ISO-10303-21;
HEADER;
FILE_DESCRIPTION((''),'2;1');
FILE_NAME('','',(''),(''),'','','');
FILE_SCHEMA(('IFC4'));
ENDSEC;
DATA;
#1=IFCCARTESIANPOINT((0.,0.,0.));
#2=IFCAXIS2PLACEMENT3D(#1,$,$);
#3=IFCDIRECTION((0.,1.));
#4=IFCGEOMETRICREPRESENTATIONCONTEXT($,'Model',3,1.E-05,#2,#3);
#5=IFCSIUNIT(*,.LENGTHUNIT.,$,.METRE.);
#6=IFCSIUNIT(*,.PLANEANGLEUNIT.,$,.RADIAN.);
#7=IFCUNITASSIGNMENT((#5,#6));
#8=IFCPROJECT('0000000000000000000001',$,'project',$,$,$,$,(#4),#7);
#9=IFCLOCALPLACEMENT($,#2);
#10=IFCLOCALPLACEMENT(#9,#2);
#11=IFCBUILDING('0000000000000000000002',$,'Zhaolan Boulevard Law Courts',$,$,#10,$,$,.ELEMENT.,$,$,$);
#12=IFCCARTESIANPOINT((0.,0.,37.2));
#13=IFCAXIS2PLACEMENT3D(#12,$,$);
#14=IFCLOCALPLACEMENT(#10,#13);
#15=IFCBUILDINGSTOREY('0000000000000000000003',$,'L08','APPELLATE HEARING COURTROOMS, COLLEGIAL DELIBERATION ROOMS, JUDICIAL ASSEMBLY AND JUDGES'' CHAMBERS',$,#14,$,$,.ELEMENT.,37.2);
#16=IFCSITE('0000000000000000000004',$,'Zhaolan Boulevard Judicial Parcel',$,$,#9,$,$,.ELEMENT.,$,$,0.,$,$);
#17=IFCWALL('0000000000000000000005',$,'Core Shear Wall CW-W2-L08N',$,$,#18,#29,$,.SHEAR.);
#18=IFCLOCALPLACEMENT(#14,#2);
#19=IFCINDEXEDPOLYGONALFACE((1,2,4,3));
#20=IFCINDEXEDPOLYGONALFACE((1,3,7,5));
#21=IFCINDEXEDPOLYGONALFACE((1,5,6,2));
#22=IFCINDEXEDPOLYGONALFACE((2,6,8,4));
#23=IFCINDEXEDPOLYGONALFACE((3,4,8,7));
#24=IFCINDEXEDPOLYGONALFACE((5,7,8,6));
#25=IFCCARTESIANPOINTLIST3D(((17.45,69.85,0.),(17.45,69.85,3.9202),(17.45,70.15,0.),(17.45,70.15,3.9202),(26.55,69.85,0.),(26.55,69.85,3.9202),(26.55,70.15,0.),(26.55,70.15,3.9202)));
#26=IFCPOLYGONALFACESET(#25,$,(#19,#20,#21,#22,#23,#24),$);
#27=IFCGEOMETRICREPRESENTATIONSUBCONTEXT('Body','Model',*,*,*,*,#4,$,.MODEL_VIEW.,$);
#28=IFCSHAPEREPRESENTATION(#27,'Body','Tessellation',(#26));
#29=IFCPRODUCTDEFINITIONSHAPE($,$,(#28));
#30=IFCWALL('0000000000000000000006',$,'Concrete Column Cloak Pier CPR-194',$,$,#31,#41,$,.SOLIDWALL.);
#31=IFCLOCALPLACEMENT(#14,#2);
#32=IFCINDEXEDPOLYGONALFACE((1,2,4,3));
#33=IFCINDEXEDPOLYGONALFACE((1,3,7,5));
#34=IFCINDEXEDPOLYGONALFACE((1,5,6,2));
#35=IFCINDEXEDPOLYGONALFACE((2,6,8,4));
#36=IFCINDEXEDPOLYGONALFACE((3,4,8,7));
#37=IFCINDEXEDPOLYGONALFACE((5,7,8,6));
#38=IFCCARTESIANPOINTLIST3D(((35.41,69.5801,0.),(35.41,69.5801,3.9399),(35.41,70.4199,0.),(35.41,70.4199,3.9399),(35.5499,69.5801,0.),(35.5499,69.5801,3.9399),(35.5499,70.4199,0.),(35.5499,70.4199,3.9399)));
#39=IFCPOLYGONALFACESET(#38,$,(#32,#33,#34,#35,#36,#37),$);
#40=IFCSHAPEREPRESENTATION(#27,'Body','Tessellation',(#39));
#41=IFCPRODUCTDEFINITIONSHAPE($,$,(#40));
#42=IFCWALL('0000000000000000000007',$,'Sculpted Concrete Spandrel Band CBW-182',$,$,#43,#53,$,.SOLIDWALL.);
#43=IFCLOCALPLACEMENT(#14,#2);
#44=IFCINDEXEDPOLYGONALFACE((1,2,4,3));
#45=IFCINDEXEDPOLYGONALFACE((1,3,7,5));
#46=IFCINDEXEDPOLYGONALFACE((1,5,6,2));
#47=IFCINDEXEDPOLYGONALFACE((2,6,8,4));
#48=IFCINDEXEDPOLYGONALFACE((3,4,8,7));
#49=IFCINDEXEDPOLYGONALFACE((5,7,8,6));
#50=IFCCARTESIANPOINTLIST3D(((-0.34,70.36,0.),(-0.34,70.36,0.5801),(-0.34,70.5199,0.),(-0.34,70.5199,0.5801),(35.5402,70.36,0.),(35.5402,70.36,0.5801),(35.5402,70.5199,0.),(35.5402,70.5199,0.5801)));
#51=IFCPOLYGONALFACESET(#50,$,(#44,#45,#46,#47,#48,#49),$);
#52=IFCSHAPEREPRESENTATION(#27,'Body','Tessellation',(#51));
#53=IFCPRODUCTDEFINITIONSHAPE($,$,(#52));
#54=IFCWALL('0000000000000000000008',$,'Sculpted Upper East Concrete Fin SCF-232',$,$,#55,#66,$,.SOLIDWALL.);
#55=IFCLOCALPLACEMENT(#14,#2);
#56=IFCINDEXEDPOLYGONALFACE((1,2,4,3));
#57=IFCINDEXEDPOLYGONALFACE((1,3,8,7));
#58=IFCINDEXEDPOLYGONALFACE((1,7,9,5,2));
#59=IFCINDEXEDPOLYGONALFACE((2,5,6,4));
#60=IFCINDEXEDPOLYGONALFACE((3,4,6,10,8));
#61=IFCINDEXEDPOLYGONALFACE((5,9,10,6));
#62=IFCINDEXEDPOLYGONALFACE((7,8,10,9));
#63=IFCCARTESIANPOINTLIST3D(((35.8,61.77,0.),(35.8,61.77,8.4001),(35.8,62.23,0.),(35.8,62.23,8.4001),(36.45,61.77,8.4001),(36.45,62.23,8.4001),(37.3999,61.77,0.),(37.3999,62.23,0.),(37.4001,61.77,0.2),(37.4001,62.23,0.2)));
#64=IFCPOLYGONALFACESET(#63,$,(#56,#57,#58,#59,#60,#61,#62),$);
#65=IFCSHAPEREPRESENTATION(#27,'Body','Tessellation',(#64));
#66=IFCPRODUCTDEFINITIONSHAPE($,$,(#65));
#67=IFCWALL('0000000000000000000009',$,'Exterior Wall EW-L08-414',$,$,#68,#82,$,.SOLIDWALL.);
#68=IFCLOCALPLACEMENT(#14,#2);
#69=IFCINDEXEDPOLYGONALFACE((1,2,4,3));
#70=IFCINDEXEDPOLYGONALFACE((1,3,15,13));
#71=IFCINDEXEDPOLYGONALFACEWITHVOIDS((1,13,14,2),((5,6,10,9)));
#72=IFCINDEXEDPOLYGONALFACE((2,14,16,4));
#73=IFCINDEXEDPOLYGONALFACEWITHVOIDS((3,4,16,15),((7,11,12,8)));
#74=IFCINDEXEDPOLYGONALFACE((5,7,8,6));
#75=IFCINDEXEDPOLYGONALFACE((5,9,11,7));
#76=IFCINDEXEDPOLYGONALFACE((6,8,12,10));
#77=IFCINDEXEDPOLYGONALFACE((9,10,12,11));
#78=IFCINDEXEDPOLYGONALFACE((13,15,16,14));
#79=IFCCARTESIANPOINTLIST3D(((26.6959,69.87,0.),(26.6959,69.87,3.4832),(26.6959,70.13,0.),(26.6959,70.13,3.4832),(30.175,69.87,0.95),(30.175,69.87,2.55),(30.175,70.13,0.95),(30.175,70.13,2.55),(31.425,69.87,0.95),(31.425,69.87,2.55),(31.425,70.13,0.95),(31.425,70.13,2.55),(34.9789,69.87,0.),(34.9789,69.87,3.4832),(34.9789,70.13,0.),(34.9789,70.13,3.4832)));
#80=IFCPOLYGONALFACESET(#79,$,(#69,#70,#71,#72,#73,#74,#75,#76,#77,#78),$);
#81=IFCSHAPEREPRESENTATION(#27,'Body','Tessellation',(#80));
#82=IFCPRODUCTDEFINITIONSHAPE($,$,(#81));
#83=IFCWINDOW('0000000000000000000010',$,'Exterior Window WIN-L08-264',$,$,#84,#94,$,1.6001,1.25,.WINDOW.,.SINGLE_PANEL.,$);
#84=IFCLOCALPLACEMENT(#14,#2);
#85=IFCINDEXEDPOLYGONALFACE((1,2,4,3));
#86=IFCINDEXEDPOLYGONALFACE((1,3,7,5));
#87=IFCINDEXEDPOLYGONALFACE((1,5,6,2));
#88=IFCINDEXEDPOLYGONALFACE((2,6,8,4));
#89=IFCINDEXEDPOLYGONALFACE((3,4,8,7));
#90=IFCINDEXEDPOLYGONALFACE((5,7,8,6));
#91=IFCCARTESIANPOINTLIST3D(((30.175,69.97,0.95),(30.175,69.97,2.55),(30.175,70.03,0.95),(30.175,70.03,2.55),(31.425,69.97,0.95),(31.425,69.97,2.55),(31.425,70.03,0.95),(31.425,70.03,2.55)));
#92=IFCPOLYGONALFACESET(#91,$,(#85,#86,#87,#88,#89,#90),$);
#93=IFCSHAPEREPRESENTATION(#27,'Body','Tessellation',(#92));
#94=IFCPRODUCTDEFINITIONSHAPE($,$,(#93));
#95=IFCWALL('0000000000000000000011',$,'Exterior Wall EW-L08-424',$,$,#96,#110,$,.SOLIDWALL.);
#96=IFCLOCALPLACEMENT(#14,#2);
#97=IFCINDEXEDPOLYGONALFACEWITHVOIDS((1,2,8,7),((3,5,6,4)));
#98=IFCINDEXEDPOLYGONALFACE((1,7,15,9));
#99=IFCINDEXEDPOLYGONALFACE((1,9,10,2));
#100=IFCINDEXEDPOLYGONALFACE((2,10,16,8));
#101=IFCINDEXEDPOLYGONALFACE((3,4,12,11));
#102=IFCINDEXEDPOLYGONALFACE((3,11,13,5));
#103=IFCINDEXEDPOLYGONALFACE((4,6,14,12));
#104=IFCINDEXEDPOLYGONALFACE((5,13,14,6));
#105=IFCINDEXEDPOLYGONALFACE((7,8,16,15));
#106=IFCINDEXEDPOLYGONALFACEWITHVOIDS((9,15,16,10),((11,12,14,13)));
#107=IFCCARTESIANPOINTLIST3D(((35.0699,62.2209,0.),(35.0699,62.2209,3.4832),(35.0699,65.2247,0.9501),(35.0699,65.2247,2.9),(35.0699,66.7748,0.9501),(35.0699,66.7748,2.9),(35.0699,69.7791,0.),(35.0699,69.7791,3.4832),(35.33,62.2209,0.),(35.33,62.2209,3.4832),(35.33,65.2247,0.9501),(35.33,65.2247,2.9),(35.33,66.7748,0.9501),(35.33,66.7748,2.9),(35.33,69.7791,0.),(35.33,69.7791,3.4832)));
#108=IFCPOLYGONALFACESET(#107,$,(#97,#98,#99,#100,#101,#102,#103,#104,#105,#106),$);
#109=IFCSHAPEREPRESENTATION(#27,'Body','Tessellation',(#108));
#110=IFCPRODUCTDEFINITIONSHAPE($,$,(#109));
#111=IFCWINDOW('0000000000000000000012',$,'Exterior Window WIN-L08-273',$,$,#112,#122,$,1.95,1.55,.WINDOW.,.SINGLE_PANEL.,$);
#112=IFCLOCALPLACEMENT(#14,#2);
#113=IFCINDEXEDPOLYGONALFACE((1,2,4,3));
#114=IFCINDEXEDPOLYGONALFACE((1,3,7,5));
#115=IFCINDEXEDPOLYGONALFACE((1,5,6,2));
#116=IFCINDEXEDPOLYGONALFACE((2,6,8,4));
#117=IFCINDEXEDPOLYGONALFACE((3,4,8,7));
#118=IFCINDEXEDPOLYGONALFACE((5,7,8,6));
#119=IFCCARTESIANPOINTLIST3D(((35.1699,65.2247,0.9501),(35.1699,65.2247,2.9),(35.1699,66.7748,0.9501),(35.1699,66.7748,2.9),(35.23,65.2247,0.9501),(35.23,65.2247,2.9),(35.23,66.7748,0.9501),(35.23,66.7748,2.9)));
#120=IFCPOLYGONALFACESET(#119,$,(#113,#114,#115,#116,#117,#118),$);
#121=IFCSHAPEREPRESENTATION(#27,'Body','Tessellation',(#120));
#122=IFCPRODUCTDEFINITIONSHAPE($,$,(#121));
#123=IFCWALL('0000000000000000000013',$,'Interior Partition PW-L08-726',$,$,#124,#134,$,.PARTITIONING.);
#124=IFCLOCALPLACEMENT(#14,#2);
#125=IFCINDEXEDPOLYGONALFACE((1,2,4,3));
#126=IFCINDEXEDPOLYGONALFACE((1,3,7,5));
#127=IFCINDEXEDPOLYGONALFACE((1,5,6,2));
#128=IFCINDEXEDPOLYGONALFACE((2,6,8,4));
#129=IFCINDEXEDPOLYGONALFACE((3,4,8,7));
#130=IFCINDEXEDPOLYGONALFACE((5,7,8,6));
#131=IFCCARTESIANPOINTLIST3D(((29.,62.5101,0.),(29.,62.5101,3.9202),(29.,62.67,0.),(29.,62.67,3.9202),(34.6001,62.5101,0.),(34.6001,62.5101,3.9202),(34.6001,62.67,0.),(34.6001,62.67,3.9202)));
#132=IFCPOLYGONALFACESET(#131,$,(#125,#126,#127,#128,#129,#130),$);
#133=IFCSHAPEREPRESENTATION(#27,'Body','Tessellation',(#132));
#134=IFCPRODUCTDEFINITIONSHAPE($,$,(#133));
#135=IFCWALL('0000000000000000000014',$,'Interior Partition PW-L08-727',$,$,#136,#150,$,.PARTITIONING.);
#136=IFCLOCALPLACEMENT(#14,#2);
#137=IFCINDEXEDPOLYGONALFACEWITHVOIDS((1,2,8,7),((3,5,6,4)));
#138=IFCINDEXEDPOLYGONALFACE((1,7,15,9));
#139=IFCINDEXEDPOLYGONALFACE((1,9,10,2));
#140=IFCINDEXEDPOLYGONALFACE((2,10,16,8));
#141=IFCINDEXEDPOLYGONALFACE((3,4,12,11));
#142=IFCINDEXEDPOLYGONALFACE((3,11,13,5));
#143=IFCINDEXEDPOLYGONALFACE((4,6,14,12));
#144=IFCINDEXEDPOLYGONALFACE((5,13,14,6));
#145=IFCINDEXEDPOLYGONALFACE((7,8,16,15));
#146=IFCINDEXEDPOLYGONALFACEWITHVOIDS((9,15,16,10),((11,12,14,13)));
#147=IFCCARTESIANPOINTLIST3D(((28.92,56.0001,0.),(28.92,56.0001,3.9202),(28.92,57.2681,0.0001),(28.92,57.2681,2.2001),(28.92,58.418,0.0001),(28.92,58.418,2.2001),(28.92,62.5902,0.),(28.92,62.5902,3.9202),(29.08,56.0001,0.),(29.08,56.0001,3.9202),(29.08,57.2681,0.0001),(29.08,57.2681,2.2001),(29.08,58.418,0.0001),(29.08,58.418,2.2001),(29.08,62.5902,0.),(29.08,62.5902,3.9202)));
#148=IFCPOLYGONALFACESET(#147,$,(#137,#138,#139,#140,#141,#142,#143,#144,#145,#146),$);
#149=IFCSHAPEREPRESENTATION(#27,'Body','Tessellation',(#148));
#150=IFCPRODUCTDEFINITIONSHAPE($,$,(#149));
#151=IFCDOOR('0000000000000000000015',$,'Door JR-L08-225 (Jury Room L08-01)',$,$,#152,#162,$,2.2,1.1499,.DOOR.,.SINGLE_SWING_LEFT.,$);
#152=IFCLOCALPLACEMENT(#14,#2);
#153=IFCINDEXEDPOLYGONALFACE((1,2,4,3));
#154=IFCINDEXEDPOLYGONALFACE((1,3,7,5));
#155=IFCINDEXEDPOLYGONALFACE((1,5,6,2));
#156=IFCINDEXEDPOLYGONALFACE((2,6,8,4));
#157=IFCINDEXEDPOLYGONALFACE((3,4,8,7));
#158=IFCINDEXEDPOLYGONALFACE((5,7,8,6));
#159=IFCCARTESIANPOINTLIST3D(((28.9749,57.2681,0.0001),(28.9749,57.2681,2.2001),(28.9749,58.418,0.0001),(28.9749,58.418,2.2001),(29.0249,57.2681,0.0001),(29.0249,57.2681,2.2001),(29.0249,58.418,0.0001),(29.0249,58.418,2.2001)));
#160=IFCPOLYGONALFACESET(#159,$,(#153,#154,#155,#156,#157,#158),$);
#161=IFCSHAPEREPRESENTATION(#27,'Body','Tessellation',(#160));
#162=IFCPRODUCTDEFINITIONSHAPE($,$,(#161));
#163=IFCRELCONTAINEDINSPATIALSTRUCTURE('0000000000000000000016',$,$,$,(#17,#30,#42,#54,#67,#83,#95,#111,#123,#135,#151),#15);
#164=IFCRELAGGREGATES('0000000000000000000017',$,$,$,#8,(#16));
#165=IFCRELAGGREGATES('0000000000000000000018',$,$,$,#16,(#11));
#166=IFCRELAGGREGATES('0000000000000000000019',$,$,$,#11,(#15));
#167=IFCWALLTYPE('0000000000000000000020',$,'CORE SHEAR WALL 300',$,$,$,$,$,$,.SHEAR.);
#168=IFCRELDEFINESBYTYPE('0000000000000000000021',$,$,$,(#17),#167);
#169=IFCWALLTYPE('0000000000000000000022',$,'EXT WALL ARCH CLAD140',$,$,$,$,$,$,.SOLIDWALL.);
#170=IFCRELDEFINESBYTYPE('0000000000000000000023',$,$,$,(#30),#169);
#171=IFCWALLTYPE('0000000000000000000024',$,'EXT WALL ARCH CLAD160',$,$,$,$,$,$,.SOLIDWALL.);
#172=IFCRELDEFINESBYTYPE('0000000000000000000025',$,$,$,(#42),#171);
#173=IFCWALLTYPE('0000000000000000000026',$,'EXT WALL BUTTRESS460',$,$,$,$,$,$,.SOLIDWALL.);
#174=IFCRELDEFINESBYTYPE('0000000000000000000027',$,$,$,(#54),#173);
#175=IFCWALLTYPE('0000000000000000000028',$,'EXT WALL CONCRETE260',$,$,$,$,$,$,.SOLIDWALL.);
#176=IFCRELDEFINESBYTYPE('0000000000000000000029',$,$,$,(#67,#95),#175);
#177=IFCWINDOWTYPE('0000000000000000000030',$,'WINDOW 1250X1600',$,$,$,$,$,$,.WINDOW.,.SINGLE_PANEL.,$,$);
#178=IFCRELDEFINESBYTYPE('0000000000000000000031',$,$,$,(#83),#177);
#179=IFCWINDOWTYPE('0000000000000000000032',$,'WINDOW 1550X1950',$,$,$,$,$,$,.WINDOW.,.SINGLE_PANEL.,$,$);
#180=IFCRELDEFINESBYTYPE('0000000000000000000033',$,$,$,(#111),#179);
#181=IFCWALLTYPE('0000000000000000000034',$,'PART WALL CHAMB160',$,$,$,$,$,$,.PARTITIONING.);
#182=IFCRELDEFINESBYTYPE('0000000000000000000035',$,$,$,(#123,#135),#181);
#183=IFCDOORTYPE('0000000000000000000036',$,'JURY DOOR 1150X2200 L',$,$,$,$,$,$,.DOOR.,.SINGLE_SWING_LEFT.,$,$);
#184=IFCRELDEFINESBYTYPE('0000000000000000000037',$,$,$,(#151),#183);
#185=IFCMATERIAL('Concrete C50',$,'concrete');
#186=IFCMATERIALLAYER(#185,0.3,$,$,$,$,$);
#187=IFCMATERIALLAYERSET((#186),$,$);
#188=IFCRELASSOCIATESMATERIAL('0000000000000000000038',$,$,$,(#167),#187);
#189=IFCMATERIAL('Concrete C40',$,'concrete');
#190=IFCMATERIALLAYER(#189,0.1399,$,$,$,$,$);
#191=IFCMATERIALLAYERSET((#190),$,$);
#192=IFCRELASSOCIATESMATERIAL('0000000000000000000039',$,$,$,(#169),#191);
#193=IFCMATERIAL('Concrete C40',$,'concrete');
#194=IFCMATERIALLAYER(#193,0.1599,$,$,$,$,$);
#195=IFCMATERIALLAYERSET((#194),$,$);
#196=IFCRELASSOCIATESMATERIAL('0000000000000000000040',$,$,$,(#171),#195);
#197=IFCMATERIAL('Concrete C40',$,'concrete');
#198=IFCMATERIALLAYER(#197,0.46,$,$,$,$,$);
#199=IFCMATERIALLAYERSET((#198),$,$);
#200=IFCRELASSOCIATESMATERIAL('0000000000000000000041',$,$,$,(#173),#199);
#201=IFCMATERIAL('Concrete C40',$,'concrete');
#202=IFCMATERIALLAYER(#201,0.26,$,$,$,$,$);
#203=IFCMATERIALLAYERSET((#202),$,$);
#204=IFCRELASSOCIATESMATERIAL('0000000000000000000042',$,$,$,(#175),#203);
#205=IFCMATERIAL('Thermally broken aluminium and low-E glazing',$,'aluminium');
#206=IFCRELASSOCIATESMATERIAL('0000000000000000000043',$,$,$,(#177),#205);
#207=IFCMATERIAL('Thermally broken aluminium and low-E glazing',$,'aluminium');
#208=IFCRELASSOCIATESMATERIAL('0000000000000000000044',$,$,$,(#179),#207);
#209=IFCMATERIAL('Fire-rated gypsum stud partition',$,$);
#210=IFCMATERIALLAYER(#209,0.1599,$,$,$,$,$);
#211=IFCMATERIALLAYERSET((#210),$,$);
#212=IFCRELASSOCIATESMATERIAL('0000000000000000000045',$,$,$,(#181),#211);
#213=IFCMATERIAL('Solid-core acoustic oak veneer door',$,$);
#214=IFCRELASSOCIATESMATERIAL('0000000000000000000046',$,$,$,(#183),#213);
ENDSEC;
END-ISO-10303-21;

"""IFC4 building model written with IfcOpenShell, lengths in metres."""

from ifc_helpers import new_model, si_unit, direction, frame, frame_2d, origin, place, context, subcontext, project, spatial, polyline, rectangle, outline, extrude, material, layer, layer_set, type_object, element, fill, save


model = new_model("IFC4")

# Units and contexts
model_context = context("Model", 3, precision=1e-05, world=origin(), true_north=direction((0.0, 1.0)))
body_context = subcontext(model_context, "Body", "Model", "MODEL_VIEW")
ifc_project = project(units=[si_unit("LENGTHUNIT", "METRE"), si_unit("PLANEANGLEUNIT", "RADIAN")], contexts=[model_context])

# Site, building, storey
site_placement = place(None, origin())
site = spatial("IfcSite", under=ifc_project, at=site_placement, Name="Zhaolan Boulevard Judicial Parcel", CompositionType="ELEMENT", RefElevation=0.0)
building_placement = place(site_placement, origin())
building = spatial("IfcBuilding", under=site, at=building_placement, Name="Zhaolan Boulevard Law Courts", CompositionType="ELEMENT")
storey_placement = place(building_placement, frame((0.0, 0.0, 37.2)))
storey = spatial("IfcBuildingStorey", under=building, at=storey_placement, Name="L08", Description="APPELLATE HEARING COURTROOMS, COLLEGIAL DELIBERATION ROOMS, JUDICIAL ASSEMBLY AND JUDGES' CHAMBERS", CompositionType="ELEMENT", Elevation=37.2)

# Walls
ifc_material_1 = material(Name="Concrete C50", Category="concrete")
ifc_layer_1 = layer(ifc_material_1, 0.3)
ifc_layer_set_1 = layer_set([ifc_layer_1])
wall_type_1 = type_object("IfcWallType", Name="CORE SHEAR WALL 300", PredefinedType="SHEAR", material=ifc_layer_set_1)
wall_1_placement = place(storey_placement, frame((26.55, 70.0, 0.0), z_axis=(0.0, 0.0, 1.0), x_axis=(-1.0, 0.0, 0.0)))
element("IfcWall", 1, at=wall_1_placement, inside=storey, type_object=wall_type_1, Name="Core Shear Wall CW-W2-L08N", PredefinedType="SHEAR", context=body_context, shape_type="SweptSolid", body=[
    extrude(rectangle(XDim=9.1001, YDim=0.3, at=frame_2d((4.55, 0.0))), origin(), (0.0, 0.0, 1.0), 3.9202),
])
ifc_material_2 = material(Name="Concrete C40", Category="concrete")
ifc_layer_2 = layer(ifc_material_2, 0.1399)
ifc_layer_set_2 = layer_set([ifc_layer_2])
wall_type_2 = type_object("IfcWallType", Name="EXT WALL ARCH CLAD140", PredefinedType="SOLIDWALL", material=ifc_layer_set_2)
wall_2_placement = place(storey_placement, frame((35.48, 69.5801, 0.0), z_axis=(0.0, 0.0, 1.0), x_axis=(0.0, 1.0, 0.0)))
element("IfcWall", 2, at=wall_2_placement, inside=storey, type_object=wall_type_2, Name="Concrete Column Cloak Pier CPR-194", PredefinedType="SOLIDWALL", context=body_context, shape_type="SweptSolid", body=[
    extrude(rectangle(XDim=0.8398, YDim=0.1399, at=frame_2d((0.4199, 0.0))), origin(), (0.0, 0.0, 1.0), 3.9399),
])
ifc_material_3 = material(Name="Concrete C40", Category="concrete")
ifc_layer_3 = layer(ifc_material_3, 0.1599)
ifc_layer_set_3 = layer_set([ifc_layer_3])
wall_type_3 = type_object("IfcWallType", Name="EXT WALL ARCH CLAD160", PredefinedType="SOLIDWALL", material=ifc_layer_set_3)
wall_3_placement = place(storey_placement, frame((35.54, 70.4399, 0.0), z_axis=(0.0, 0.0, 1.0), x_axis=(-1.0, 0.0, 0.0)))
element("IfcWall", 3, at=wall_3_placement, inside=storey, type_object=wall_type_3, Name="Sculpted Concrete Spandrel Band CBW-182", PredefinedType="SOLIDWALL", context=body_context, shape_type="SweptSolid", body=[
    extrude(rectangle(XDim=35.8801, YDim=0.1599, at=frame_2d((17.9399, 0.0))), origin(), (0.0, 0.0, 1.0), 0.5801),
])
ifc_material_4 = material(Name="Concrete C40", Category="concrete")
ifc_layer_4 = layer(ifc_material_4, 0.46)
ifc_layer_set_4 = layer_set([ifc_layer_4])
wall_type_4 = type_object("IfcWallType", Name="EXT WALL BUTTRESS460", PredefinedType="SOLIDWALL", material=ifc_layer_set_4)
wall_4_placement = place(storey_placement, frame((35.8, 62.0, 0.0), z_axis=(0.0, 0.0, 1.0), x_axis=(1.0, 0.0, 0.0)))
element("IfcWall", 4, at=wall_4_placement, inside=storey, type_object=wall_type_4, Name="Sculpted Upper East Concrete Fin SCF-232", PredefinedType="SOLIDWALL", context=body_context, shape_type="SweptSolid", body=[
    extrude(outline(polyline([(0.0, 0.0), (1.5999, 0.0), (1.6001, 0.2), (0.6499, 8.4001), (0.0, 8.4001), (0.0, 0.0)])), frame((0.0, 0.23, 0.0), z_axis=(0.0, -1.0, 0.0), x_axis=(1.0, 0.0, 0.0)), (0.0, 0.0, 1.0), 0.46),
])

# Walls, openings, windows
ifc_material_5 = material(Name="Concrete C40", Category="concrete")
ifc_layer_5 = layer(ifc_material_5, 0.26)
ifc_layer_set_5 = layer_set([ifc_layer_5])
wall_type_5 = type_object("IfcWallType", Name="EXT WALL CONCRETE260", PredefinedType="SOLIDWALL", material=ifc_layer_set_5)
wall_5_placement = place(storey_placement, frame((34.979, 70.0, 0.0), z_axis=(0.0, 0.0, 1.0), x_axis=(-1.0, 0.0, 0.0)))
wall_5 = element("IfcWall", 5, at=wall_5_placement, inside=storey, type_object=wall_type_5, Name="Exterior Wall EW-L08-414", PredefinedType="SOLIDWALL", context=body_context, shape_type="SweptSolid", body=[
    extrude(rectangle(XDim=8.283, YDim=0.26, at=frame_2d((4.1416, 0.0))), origin(), (0.0, 0.0, 1.0), 3.4832),
])
opening_1_placement = place(wall_5_placement, frame((3.554, 0.0, 0.95)))
opening_1 = element("IfcOpeningElement", 6, at=opening_1_placement, cuts=wall_5, PredefinedType="OPENING", context=body_context, shape_type="SweptSolid", body=[
    extrude(rectangle(XDim=1.25, YDim=1.6001, at=frame_2d((0.625, 0.8))), frame((0.0, 0.1399, 0.0), z_axis=(0.0, -1.0, 0.0), x_axis=(1.0, 0.0, 0.0)), (0.0, 0.0, 1.0), 0.28),
])
ifc_material_6 = material(Name="Thermally broken aluminium and low-E glazing", Category="aluminium")
window_type_1 = type_object("IfcWindowType", Name="WINDOW 1250X1600", PartitioningType="SINGLE_PANEL", PredefinedType="WINDOW", material=ifc_material_6)
window_1_placement = place(opening_1_placement, origin())
window_1 = element("IfcWindow", 7, at=window_1_placement, inside=storey, type_object=window_type_1, Name="Exterior Window WIN-L08-264", OverallHeight=1.6001, OverallWidth=1.25, PartitioningType="SINGLE_PANEL", PredefinedType="WINDOW", context=body_context, shape_type="SweptSolid", body=[
    extrude(rectangle(XDim=1.25, YDim=1.6001, at=frame_2d((0.625, 0.8))), frame((0.0, 0.03, 0.0), z_axis=(0.0, -1.0, 0.0), x_axis=(1.0, 0.0, 0.0)), (0.0, 0.0, 1.0), 0.0601),
])
fill(opening_1, window_1)
wall_6_placement = place(storey_placement, frame((35.2, 62.2209, 0.0), z_axis=(0.0, 0.0, 1.0), x_axis=(0.0, 1.0, 0.0)))
wall_6 = element("IfcWall", 8, at=wall_6_placement, inside=storey, type_object=wall_type_5, Name="Exterior Wall EW-L08-424", PredefinedType="SOLIDWALL", context=body_context, shape_type="SweptSolid", body=[
    extrude(rectangle(XDim=7.5581, YDim=0.26, at=frame_2d((3.7791, 0.0))), origin(), (0.0, 0.0, 1.0), 3.4832),
])
opening_2_placement = place(wall_6_placement, frame((3.0039, 0.0, 0.95)))
opening_2 = element("IfcOpeningElement", 9, at=opening_2_placement, cuts=wall_6, PredefinedType="OPENING", context=body_context, shape_type="SweptSolid", body=[
    extrude(rectangle(XDim=1.55, YDim=1.95, at=frame_2d((0.7749, 0.9751))), frame((0.0, 0.1399, 0.0), z_axis=(0.0, -1.0, 0.0), x_axis=(1.0, 0.0, 0.0)), (0.0, 0.0, 1.0), 0.28),
])
ifc_material_7 = material(Name="Thermally broken aluminium and low-E glazing", Category="aluminium")
window_type_2 = type_object("IfcWindowType", Name="WINDOW 1550X1950", PartitioningType="SINGLE_PANEL", PredefinedType="WINDOW", material=ifc_material_7)
window_2_placement = place(opening_2_placement, origin())
window_2 = element("IfcWindow", 10, at=window_2_placement, inside=storey, type_object=window_type_2, Name="Exterior Window WIN-L08-273", OverallHeight=1.95, OverallWidth=1.55, PartitioningType="SINGLE_PANEL", PredefinedType="WINDOW", context=body_context, shape_type="SweptSolid", body=[
    extrude(rectangle(XDim=1.55, YDim=1.95, at=frame_2d((0.7749, 0.9751))), frame((0.0, 0.03, 0.0), z_axis=(0.0, -1.0, 0.0), x_axis=(1.0, 0.0, 0.0)), (0.0, 0.0, 1.0), 0.0601),
])
fill(opening_2, window_2)

# Wall
ifc_material_8 = material(Name="Fire-rated gypsum stud partition")
ifc_layer_6 = layer(ifc_material_8, 0.1599)
ifc_layer_set_6 = layer_set([ifc_layer_6])
wall_type_6 = type_object("IfcWallType", Name="PART WALL CHAMB160", PredefinedType="PARTITIONING", material=ifc_layer_set_6)
wall_7_placement = place(storey_placement, frame((34.6001, 62.5901, 0.0), z_axis=(0.0, 0.0, 1.0), x_axis=(-1.0, 0.0, 0.0)))
element("IfcWall", 11, at=wall_7_placement, inside=storey, type_object=wall_type_6, Name="Interior Partition PW-L08-726", PredefinedType="PARTITIONING", context=body_context, shape_type="SweptSolid", body=[
    extrude(rectangle(XDim=5.6001, YDim=0.1599, at=frame_2d((2.8, 0.0))), origin(), (0.0, 0.0, 1.0), 3.9202),
])

# Wall, opening, door
wall_8_placement = place(storey_placement, frame((29.0, 62.5901, 0.0), z_axis=(0.0, 0.0, 1.0), x_axis=(0.0, -1.0, 0.0)))
wall_8 = element("IfcWall", 12, at=wall_8_placement, inside=storey, type_object=wall_type_6, Name="Interior Partition PW-L08-727", PredefinedType="PARTITIONING", context=body_context, shape_type="SweptSolid", body=[
    extrude(rectangle(XDim=6.5901, YDim=0.1599, at=frame_2d((3.2949, 0.0))), origin(), (0.0, 0.0, 1.0), 3.9202),
])
opening_3_placement = place(wall_8_placement, frame((4.1721, 0.0, 0.0)))
opening_3 = element("IfcOpeningElement", 13, at=opening_3_placement, cuts=wall_8, PredefinedType="OPENING", context=body_context, shape_type="SweptSolid", body=[
    extrude(rectangle(XDim=1.1499, YDim=2.2, at=frame_2d((0.575, 1.1001))), frame((0.0, 0.0898, 0.0), z_axis=(0.0, -1.0, 0.0), x_axis=(1.0, 0.0, 0.0)), (0.0, 0.0, 1.0), 0.1799),
])
ifc_material_9 = material(Name="Solid-core acoustic oak veneer door")
door_type_1 = type_object("IfcDoorType", Name="JURY DOOR 1150X2200 L", OperationType="SINGLE_SWING_LEFT", PredefinedType="DOOR", material=ifc_material_9)
door_1_placement = place(opening_3_placement, origin())
door_1 = element("IfcDoor", 14, at=door_1_placement, inside=storey, type_object=door_type_1, Name="Door JR-L08-225 (Jury Room L08-01)", OperationType="SINGLE_SWING_LEFT", OverallHeight=2.2, OverallWidth=1.1499, PredefinedType="DOOR", context=body_context, shape_type="SweptSolid", body=[
    extrude(rectangle(XDim=1.1499, YDim=2.2, at=frame_2d((0.575, 1.1001))), frame((0.0, 0.0249, 0.0), z_axis=(0.0, -1.0, 0.0), x_axis=(1.0, 0.0, 0.0)), (0.0, 0.0, 1.0), 0.05),
])
fill(opening_3, door_1)

save(model, "model.ifc")
